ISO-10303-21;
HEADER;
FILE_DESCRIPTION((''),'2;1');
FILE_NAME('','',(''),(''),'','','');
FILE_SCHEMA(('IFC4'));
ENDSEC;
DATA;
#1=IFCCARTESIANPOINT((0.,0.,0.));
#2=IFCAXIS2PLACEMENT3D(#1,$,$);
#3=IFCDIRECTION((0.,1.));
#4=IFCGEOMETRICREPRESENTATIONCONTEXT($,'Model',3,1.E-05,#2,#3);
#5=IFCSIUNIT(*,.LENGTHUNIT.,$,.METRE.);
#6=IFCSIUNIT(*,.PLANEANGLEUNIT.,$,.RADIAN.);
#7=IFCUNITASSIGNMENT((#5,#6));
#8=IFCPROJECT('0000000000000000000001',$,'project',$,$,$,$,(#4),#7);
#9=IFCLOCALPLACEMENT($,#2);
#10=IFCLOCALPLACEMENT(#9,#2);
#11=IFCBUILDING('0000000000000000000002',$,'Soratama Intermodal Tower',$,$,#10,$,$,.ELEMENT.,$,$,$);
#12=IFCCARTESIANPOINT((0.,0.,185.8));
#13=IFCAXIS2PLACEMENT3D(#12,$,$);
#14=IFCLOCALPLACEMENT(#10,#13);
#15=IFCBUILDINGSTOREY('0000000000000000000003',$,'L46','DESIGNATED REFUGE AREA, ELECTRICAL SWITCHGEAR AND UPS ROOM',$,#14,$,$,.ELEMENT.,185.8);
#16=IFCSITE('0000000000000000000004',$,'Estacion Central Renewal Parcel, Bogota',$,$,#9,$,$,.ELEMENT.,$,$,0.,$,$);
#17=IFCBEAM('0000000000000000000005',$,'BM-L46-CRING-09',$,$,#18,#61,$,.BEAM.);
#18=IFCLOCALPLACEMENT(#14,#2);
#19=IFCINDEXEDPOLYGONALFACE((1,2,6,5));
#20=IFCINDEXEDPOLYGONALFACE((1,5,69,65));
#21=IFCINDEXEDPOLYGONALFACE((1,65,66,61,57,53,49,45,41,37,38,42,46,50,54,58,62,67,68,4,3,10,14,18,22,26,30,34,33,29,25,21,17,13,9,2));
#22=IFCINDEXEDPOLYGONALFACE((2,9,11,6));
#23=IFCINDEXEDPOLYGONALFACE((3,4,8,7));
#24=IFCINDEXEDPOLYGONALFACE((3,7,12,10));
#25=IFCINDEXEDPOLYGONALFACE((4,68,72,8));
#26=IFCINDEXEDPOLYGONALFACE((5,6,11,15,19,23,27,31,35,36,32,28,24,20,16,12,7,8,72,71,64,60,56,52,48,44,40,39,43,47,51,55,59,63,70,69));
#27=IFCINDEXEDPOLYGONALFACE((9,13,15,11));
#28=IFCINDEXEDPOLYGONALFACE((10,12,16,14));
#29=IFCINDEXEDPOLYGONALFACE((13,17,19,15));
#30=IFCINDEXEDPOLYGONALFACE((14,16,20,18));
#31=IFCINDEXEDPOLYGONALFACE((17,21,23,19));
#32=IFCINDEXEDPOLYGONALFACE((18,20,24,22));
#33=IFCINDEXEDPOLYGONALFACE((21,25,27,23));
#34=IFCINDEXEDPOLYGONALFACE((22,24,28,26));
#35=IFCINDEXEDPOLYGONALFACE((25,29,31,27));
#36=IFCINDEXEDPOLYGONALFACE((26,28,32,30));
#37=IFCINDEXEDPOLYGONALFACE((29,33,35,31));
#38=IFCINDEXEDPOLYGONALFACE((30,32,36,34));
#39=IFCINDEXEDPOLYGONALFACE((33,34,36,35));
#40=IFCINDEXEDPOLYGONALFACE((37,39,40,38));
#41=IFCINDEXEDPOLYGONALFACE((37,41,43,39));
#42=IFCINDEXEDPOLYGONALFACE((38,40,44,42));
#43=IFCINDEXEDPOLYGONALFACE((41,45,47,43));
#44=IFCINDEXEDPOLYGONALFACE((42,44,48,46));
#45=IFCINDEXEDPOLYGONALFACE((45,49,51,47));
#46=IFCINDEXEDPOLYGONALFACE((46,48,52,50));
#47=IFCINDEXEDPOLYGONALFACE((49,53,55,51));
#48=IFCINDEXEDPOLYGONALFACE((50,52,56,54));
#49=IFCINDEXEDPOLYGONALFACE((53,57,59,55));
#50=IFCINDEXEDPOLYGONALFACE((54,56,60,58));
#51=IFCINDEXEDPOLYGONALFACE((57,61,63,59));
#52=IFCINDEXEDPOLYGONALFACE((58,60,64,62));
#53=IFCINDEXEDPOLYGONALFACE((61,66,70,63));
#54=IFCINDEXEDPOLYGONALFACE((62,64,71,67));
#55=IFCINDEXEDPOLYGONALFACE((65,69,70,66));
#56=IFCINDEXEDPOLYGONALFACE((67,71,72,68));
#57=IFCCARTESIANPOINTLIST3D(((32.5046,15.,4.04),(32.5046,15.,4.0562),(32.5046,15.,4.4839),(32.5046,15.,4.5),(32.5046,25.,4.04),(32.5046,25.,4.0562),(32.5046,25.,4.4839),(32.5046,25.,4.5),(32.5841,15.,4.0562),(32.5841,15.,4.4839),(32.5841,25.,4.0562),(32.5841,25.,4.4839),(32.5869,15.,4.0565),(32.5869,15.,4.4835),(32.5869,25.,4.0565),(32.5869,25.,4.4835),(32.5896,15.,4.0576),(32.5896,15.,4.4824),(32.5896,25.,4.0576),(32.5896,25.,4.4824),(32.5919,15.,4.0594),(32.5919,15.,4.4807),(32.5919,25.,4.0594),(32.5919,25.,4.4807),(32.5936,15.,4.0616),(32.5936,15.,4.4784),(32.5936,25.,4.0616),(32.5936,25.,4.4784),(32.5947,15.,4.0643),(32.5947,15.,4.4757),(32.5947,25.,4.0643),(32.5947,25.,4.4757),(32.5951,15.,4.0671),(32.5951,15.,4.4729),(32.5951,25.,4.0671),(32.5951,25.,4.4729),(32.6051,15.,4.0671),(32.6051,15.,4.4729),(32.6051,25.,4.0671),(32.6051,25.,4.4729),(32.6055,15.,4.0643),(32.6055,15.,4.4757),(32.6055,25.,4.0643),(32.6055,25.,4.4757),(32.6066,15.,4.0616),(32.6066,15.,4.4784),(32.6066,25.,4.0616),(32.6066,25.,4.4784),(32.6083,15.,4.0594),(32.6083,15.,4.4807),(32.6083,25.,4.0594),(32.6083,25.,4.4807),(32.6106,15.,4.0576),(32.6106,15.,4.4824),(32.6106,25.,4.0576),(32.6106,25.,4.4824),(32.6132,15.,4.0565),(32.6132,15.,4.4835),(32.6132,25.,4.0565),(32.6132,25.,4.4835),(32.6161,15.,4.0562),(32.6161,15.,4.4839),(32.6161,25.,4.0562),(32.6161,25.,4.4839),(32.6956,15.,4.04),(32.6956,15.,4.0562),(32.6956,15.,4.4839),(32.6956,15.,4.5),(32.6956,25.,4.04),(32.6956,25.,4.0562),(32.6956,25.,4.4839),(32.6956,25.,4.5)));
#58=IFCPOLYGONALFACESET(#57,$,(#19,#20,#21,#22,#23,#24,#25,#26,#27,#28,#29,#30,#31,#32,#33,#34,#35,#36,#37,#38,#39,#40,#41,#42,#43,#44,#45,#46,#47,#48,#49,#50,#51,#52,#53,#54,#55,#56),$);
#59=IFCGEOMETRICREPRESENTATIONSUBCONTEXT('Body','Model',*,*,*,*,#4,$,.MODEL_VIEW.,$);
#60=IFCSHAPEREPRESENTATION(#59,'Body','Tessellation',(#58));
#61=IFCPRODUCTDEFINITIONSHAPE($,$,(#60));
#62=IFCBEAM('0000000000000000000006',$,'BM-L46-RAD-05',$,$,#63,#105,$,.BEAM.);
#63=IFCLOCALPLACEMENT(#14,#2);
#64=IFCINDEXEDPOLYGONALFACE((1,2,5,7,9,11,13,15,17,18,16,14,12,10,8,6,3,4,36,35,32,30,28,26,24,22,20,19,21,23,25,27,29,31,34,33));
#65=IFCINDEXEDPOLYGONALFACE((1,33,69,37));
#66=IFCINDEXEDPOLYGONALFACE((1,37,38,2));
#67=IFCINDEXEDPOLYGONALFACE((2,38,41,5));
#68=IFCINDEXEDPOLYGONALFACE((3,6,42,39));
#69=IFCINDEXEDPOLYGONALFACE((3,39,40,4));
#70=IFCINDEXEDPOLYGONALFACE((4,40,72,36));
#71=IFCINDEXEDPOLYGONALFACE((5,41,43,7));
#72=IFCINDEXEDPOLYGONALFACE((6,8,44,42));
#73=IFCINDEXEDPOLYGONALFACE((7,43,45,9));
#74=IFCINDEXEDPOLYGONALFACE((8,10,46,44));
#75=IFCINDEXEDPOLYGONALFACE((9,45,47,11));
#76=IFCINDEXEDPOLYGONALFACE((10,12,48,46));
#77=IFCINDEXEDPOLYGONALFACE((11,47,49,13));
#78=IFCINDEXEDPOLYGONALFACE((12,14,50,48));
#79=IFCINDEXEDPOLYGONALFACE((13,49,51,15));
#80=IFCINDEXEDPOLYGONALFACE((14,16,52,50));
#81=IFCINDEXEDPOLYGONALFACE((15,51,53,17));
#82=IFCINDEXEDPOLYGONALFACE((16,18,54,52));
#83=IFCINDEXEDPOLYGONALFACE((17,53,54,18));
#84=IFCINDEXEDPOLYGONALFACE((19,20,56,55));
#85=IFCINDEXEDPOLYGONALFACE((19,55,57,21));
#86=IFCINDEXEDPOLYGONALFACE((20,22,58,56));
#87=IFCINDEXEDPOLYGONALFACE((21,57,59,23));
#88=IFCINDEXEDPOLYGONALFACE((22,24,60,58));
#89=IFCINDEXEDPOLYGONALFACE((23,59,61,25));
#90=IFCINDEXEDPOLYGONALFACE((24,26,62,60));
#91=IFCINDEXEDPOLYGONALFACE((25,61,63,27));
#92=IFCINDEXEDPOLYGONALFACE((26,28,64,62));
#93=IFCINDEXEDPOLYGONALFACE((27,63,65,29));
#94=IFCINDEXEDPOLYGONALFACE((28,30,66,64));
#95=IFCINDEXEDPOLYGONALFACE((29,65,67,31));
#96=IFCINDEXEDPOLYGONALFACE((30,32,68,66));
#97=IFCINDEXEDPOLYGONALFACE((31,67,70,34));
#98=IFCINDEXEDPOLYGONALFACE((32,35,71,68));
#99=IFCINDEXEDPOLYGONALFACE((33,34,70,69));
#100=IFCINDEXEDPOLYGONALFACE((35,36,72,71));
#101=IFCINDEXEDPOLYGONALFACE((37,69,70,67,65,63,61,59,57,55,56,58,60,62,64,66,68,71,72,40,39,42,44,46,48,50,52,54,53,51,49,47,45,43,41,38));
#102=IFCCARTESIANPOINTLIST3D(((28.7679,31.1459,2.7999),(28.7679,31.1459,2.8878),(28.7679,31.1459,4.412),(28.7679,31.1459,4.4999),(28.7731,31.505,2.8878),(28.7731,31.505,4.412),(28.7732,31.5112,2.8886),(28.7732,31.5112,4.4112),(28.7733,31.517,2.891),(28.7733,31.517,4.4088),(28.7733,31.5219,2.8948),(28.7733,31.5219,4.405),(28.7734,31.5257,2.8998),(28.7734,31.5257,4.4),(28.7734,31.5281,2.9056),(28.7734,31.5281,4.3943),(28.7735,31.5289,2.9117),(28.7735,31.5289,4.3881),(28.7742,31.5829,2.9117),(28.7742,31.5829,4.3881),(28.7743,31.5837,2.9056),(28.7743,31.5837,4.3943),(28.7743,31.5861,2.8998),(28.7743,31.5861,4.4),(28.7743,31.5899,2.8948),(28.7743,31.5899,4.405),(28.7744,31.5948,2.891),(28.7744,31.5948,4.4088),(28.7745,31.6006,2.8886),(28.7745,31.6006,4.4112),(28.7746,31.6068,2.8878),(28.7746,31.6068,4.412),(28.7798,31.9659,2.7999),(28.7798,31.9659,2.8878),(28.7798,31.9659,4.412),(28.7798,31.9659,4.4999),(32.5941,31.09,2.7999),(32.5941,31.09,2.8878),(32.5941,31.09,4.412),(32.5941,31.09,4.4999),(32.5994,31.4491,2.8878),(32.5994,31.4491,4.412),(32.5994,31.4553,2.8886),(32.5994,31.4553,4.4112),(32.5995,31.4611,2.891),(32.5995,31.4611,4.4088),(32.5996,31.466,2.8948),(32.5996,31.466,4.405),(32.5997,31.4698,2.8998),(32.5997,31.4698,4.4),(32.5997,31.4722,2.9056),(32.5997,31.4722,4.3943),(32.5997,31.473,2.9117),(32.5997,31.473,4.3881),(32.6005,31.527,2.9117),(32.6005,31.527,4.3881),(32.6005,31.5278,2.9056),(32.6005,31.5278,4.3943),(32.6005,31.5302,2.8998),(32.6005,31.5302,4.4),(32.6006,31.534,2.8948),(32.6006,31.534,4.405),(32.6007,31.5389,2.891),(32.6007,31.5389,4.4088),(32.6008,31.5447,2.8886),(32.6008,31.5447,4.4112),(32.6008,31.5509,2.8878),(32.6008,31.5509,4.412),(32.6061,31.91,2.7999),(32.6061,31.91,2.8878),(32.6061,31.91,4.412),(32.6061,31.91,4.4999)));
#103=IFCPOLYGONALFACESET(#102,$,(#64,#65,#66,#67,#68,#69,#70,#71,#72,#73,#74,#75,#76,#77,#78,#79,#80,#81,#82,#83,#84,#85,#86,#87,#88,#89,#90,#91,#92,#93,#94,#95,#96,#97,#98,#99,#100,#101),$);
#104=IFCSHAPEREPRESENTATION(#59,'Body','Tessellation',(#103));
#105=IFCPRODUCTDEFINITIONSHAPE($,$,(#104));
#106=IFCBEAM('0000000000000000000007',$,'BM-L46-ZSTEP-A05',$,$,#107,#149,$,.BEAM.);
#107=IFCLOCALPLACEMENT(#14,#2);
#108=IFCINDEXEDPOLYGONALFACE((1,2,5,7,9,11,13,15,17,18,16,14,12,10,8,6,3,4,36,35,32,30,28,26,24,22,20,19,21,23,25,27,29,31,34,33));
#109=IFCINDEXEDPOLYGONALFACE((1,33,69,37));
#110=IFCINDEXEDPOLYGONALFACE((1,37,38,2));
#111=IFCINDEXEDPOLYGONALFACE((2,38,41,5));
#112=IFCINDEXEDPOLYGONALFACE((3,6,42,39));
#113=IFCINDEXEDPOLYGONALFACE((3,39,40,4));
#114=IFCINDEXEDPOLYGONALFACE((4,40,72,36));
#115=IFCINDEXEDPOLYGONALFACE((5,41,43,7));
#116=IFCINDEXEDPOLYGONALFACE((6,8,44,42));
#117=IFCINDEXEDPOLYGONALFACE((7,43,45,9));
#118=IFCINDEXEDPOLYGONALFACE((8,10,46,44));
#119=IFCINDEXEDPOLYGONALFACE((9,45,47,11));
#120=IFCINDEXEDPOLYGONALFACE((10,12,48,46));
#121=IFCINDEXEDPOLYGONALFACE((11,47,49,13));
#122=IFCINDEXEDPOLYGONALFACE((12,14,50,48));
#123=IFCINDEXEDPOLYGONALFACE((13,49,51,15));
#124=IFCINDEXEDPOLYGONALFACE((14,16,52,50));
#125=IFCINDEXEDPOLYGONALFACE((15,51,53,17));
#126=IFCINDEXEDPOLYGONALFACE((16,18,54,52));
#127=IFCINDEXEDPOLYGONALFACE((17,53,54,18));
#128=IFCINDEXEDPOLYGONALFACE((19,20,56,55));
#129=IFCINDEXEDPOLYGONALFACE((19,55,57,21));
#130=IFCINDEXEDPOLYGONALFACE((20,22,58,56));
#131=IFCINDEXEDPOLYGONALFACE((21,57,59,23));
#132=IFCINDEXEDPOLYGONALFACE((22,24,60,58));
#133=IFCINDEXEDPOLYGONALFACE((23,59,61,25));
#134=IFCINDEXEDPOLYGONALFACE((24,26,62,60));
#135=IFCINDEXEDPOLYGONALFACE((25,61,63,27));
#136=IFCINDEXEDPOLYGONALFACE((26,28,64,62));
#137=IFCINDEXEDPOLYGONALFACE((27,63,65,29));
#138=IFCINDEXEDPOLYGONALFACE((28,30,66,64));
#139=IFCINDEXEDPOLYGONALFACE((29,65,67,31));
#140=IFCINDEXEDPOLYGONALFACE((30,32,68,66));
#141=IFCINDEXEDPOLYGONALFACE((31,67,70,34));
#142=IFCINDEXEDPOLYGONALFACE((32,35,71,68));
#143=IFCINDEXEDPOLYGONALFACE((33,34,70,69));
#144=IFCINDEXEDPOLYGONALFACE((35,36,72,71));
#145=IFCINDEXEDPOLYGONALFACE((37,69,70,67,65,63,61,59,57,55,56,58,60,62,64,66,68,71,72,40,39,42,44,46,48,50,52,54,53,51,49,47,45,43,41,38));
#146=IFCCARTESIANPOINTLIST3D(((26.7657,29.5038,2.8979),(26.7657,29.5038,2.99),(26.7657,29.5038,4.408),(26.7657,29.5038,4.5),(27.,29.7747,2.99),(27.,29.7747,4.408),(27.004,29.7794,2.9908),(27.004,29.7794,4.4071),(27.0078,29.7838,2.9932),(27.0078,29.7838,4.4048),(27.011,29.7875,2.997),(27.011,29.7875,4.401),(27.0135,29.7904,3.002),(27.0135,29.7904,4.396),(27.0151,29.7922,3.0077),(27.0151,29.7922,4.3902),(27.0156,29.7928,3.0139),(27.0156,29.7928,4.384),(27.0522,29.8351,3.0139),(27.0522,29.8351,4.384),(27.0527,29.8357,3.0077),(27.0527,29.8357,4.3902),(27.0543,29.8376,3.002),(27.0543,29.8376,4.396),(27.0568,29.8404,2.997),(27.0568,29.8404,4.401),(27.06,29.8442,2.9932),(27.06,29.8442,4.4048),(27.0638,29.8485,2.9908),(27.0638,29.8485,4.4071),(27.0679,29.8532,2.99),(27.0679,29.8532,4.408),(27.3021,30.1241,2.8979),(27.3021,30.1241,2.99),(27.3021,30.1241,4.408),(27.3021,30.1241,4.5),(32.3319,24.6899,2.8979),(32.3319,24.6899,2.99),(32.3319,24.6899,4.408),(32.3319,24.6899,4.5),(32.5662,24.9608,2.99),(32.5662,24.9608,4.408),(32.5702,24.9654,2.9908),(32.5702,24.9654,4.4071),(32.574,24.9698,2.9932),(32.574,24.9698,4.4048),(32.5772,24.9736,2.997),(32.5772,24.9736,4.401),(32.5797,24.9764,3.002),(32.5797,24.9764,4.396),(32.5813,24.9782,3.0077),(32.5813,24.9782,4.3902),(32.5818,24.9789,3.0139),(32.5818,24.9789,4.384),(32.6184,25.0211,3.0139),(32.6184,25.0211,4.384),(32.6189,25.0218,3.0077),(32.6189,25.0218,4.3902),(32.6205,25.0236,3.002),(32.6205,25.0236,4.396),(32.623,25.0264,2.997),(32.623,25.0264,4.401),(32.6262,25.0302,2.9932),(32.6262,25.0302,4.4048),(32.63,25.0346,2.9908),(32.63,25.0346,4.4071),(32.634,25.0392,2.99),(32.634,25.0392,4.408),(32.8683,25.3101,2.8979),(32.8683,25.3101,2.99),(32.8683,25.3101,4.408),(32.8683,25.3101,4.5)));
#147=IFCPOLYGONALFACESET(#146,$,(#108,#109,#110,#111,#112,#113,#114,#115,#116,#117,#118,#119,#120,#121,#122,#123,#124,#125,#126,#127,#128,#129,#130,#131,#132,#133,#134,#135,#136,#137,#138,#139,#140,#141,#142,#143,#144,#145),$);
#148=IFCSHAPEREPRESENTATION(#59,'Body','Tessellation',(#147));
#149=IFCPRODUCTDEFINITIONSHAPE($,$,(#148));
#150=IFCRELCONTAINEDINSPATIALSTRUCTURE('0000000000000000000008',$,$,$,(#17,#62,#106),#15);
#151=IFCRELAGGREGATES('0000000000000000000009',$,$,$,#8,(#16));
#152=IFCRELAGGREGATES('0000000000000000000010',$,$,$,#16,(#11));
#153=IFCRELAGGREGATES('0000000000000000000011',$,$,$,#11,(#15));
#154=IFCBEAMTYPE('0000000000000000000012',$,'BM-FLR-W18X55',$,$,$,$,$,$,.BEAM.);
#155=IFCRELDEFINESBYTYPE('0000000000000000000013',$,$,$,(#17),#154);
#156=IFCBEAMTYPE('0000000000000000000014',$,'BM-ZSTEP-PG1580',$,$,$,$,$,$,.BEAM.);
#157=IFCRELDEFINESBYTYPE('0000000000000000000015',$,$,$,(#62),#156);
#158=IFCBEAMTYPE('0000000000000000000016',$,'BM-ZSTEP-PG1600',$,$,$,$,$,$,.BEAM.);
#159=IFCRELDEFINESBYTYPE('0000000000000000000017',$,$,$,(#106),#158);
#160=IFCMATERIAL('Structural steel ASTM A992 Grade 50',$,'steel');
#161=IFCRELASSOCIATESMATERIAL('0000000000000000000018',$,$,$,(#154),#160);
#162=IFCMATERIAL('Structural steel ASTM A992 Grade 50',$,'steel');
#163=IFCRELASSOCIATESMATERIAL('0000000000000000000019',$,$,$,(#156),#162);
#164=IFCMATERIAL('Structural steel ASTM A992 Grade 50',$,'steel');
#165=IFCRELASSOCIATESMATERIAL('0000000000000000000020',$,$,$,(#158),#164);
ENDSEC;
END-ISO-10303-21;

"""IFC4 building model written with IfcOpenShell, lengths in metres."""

from ifc_helpers import new_model, si_unit, direction, frame, origin, origin_2d, place, context, subcontext, project, spatial, i_section, extrude, material, material_profile, profile_set, type_object, element, save


model = new_model("IFC4")

# Units and contexts
model_context = context("Model", 3, precision=1e-05, world=origin(), true_north=direction((0.0, 1.0)))
body_context = subcontext(model_context, "Body", "Model", "MODEL_VIEW")
ifc_project = project(units=[si_unit("LENGTHUNIT", "METRE"), si_unit("PLANEANGLEUNIT", "RADIAN")], contexts=[model_context])

# Site, building, storey
site_placement = place(None, origin())
site = spatial("IfcSite", under=ifc_project, at=site_placement, Name="Estacion Central Renewal Parcel, Bogota", CompositionType="ELEMENT", RefElevation=0.0)
building_placement = place(site_placement, origin())
building = spatial("IfcBuilding", under=site, at=building_placement, Name="Soratama Intermodal Tower", CompositionType="ELEMENT")
storey_placement = place(building_placement, frame((0.0, 0.0, 185.8)))
storey = spatial("IfcBuildingStorey", under=building, at=storey_placement, Name="L46", Description="DESIGNATED REFUGE AREA, ELECTRICAL SWITCHGEAR AND UPS ROOM", CompositionType="ELEMENT", Elevation=185.8)

# Beams
ifc_material_1 = material(Name="Structural steel ASTM A992 Grade 50", Category="steel")
ifc_material_profile_1 = material_profile(ifc_material_1, i_section(OverallWidth=0.1909, OverallDepth=0.46, WebThickness=0.01, FlangeThickness=0.0161, FilletRadius=0.011, at=origin_2d()), Name="W18X55")
ifc_profile_set_1 = profile_set([ifc_material_profile_1], Name="Structural steel ASTM A992 Grade 50")
beam_type_1 = type_object("IfcBeamType", Name="BM-FLR-W18X55", PredefinedType="BEAM", material=ifc_profile_set_1)
beam_1_placement = place(storey_placement, frame((32.6001, 25.0, 4.27), z_axis=(0.0, -1.0, 0.0), x_axis=(1.0, 0.0, 0.0)))
element("IfcBeam", 1, at=beam_1_placement, inside=storey, type_object=beam_type_1, Name="BM-L46-CRING-09", PredefinedType="BEAM", context=body_context, shape_type="SweptSolid", body=[
    extrude(i_section(OverallWidth=0.1909, OverallDepth=0.46, WebThickness=0.01, FlangeThickness=0.0161, FilletRadius=0.011, at=origin_2d()), origin(), (0.0, 0.0, 1.0), 10.0),
])
ifc_material_2 = material(Name="Structural steel ASTM A992 Grade 50", Category="steel")
ifc_material_profile_2 = material_profile(ifc_material_2, i_section(OverallWidth=0.8201, OverallDepth=1.7, WebThickness=0.054, FlangeThickness=0.0879, FilletRadius=0.0239, at=origin_2d()), Name="PG1580X800")
ifc_profile_set_2 = profile_set([ifc_material_profile_2], Name="Structural steel ASTM A992 Grade 50")
beam_type_2 = type_object("IfcBeamType", Name="BM-ZSTEP-PG1580", PredefinedType="BEAM", material=ifc_profile_set_2)
beam_2_placement = place(storey_placement, frame((32.6001, 31.5, 3.6499), z_axis=(-0.999893, 0.01461, 0.0), x_axis=(-0.01461, -0.999893, 0.0)))
element("IfcBeam", 2, at=beam_2_placement, inside=storey, type_object=beam_type_2, Name="BM-L46-RAD-05", PredefinedType="BEAM", context=body_context, shape_type="SweptSolid", body=[
    extrude(i_section(OverallWidth=0.8201, OverallDepth=1.7, WebThickness=0.054, FlangeThickness=0.0879, FilletRadius=0.0239, at=origin_2d()), origin(), (0.0, 0.0, 1.0), 3.8267),
])
ifc_material_3 = material(Name="Structural steel ASTM A992 Grade 50", Category="steel")
ifc_material_profile_3 = material_profile(ifc_material_3, i_section(OverallWidth=0.8201, OverallDepth=1.6021, WebThickness=0.0559, FlangeThickness=0.092, FilletRadius=0.0239, at=origin_2d()), Name="PG1600X650")
ifc_profile_set_3 = profile_set([ifc_material_profile_3], Name="Structural steel ASTM A992 Grade 50")
beam_type_3 = type_object("IfcBeamType", Name="BM-ZSTEP-PG1600", PredefinedType="BEAM", material=ifc_profile_set_3)
beam_3_placement = place(storey_placement, frame((32.6001, 25.0, 3.699), z_axis=(-0.756364, 0.654151, 0.0), x_axis=(-0.654151, -0.756364, 0.0)))
element("IfcBeam", 3, at=beam_3_placement, inside=storey, type_object=beam_type_3, Name="BM-L46-ZSTEP-A05", PredefinedType="BEAM", context=body_context, shape_type="SweptSolid", body=[
    extrude(i_section(OverallWidth=0.8201, OverallDepth=1.6021, WebThickness=0.0559, FlangeThickness=0.092, FilletRadius=0.0239, at=origin_2d()), origin(), (0.0, 0.0, 1.0), 7.3591),
])

save(model, "model.ifc")
